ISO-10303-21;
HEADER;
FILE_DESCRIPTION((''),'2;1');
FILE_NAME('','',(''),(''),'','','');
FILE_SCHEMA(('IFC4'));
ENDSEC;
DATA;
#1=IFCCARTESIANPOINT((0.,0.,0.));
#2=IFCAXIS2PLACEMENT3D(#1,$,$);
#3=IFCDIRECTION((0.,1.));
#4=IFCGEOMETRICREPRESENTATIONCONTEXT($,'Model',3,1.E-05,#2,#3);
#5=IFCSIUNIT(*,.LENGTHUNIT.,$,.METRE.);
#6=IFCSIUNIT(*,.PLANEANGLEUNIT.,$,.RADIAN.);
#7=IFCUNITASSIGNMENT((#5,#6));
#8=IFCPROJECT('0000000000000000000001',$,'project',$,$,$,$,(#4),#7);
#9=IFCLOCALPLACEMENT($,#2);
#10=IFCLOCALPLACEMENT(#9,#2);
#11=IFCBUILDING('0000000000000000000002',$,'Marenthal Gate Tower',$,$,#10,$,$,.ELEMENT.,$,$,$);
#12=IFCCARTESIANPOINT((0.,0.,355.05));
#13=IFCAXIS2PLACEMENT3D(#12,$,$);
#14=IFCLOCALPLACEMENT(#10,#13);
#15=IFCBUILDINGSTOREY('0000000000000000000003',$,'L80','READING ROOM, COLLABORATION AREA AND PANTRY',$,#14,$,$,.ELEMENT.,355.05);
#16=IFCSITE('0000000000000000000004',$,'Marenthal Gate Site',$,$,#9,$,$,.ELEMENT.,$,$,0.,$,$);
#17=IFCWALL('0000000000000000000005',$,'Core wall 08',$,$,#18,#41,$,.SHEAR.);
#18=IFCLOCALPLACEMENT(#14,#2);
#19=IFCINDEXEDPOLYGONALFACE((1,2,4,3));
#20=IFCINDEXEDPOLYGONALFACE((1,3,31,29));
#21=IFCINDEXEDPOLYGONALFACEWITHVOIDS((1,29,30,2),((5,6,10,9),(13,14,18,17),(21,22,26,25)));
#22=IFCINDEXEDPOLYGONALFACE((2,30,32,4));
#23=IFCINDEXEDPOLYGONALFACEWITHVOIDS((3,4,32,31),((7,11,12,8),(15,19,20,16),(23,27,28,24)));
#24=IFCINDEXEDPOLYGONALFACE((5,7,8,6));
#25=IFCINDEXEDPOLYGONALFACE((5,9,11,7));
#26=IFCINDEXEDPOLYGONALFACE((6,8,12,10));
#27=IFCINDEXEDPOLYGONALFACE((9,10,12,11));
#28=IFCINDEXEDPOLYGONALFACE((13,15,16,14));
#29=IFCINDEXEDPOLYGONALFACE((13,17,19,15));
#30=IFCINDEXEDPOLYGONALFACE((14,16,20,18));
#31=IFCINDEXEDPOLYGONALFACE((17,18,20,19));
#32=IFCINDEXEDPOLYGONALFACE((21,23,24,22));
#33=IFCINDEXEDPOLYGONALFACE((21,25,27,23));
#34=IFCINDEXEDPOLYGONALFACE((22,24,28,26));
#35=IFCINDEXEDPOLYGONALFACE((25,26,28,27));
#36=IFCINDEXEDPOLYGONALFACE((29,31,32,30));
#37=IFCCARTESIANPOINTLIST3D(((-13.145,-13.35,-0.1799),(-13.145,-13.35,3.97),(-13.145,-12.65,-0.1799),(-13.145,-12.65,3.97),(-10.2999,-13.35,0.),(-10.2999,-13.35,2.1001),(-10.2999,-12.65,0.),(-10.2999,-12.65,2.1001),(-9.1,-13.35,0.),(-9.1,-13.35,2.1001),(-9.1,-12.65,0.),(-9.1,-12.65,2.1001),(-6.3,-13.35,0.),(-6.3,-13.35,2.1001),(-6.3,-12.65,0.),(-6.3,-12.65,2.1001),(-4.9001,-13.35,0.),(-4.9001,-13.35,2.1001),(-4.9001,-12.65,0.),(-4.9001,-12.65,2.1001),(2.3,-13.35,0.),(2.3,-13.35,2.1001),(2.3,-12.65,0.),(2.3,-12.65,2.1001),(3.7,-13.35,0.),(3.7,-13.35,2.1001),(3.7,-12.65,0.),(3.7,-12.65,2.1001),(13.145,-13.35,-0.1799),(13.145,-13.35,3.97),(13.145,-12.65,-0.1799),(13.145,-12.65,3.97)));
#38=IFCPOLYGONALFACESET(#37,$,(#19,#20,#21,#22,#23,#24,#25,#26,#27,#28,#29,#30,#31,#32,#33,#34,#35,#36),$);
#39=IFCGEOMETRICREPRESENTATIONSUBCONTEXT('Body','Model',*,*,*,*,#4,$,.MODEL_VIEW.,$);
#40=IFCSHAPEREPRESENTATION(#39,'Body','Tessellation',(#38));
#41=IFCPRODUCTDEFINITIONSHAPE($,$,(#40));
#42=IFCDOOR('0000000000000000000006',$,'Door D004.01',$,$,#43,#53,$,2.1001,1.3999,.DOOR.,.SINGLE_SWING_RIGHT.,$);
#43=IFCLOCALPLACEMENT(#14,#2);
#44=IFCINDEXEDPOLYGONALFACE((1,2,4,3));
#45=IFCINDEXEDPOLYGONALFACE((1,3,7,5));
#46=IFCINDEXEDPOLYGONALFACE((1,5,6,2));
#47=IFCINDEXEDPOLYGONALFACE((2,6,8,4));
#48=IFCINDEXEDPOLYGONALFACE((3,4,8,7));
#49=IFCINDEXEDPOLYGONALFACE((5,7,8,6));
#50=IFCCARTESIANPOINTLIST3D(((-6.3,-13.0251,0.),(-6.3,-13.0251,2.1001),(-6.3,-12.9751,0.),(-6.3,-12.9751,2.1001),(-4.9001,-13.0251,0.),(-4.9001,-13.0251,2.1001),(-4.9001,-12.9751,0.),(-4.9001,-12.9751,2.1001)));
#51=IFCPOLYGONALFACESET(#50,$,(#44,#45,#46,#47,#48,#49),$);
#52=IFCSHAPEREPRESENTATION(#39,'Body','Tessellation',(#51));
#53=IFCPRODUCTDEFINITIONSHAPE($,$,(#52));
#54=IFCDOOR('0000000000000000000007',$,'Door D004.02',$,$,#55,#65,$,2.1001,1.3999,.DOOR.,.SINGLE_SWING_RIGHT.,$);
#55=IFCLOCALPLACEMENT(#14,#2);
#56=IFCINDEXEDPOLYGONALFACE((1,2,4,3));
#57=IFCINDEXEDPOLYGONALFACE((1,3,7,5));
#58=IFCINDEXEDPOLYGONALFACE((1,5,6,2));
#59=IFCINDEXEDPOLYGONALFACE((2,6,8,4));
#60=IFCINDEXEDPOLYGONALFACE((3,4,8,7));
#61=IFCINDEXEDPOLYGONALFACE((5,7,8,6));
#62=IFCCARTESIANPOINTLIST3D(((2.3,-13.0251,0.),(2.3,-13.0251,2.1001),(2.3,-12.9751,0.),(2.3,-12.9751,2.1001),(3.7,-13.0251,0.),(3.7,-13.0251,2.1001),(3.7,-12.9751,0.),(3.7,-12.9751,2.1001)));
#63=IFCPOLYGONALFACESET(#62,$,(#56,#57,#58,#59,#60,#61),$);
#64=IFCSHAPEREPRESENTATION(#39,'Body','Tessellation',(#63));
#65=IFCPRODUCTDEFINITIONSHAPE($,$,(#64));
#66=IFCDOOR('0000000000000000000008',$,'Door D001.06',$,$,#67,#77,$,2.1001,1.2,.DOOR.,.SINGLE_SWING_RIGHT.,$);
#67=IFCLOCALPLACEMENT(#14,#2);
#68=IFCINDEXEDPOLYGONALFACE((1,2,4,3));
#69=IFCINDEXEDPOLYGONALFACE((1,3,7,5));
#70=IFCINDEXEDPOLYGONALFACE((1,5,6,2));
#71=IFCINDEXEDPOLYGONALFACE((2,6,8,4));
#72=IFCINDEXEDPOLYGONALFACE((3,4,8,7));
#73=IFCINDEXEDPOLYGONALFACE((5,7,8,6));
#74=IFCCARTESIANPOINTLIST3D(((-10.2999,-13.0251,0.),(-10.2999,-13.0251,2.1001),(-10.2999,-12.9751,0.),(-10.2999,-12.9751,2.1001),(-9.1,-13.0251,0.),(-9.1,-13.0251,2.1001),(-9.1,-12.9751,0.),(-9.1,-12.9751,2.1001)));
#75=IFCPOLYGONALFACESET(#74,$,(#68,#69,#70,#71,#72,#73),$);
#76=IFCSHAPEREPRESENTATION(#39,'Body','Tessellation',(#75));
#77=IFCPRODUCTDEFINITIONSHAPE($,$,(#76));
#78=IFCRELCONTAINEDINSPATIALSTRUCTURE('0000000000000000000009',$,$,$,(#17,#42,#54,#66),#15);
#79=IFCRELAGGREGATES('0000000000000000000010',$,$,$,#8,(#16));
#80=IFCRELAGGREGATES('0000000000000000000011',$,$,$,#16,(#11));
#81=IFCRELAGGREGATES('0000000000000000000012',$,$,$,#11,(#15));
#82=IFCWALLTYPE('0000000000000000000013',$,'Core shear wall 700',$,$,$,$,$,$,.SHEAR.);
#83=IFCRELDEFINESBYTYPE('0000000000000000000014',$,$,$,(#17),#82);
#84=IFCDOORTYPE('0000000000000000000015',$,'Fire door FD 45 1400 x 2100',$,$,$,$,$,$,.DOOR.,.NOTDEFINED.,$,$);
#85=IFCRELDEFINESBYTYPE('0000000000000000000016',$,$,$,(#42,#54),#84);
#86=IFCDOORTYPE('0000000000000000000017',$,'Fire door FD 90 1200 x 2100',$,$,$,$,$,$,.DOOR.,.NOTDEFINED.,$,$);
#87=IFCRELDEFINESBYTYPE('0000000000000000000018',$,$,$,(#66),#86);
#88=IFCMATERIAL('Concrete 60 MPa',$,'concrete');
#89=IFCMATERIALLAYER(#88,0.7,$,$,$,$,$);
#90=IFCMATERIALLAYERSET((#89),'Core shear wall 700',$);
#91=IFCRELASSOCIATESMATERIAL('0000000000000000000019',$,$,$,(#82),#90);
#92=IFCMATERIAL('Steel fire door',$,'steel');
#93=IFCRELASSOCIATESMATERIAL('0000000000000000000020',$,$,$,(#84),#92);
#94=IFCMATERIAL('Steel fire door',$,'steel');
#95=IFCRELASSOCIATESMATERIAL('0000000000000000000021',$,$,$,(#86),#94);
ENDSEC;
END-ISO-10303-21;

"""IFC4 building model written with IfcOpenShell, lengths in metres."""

from ifc_helpers import new_model, si_unit, direction, frame, frame_2d, origin, place, context, subcontext, project, spatial, rectangle, extrude, material, layer, layer_set, type_object, element, fill, save


model = new_model("IFC4")

# Units and contexts
model_context = context("Model", 3, precision=1e-05, world=origin(), true_north=direction((0.0, 1.0)))
body_context = subcontext(model_context, "Body", "Model", "MODEL_VIEW")
ifc_project = project(units=[si_unit("LENGTHUNIT", "METRE"), si_unit("PLANEANGLEUNIT", "RADIAN")], contexts=[model_context])

# Site, building, storey
site_placement = place(None, origin())
site = spatial("IfcSite", under=ifc_project, at=site_placement, Name="Marenthal Gate Site", CompositionType="ELEMENT", RefElevation=0.0)
building_placement = place(site_placement, origin())
building = spatial("IfcBuilding", under=site, at=building_placement, Name="Marenthal Gate Tower", CompositionType="ELEMENT")
storey_placement = place(building_placement, frame((0.0, 0.0, 355.05)))
storey = spatial("IfcBuildingStorey", under=building, at=storey_placement, Name="L80", Description="READING ROOM, COLLABORATION AREA AND PANTRY", CompositionType="ELEMENT", Elevation=355.05)

# Wall, openings, doors
ifc_material_1 = material(Name="Concrete 60 MPa", Category="concrete")
ifc_layer_1 = layer(ifc_material_1, 0.7)
ifc_layer_set_1 = layer_set([ifc_layer_1], Name="Core shear wall 700")
wall_type_1 = type_object("IfcWallType", Name="Core shear wall 700", PredefinedType="SHEAR", material=ifc_layer_set_1)
wall_1_placement = place(storey_placement, frame((-13.145, -13.0, -0.1799), z_axis=(0.0, 0.0, 1.0), x_axis=(1.0, 0.0, 0.0)))
wall_1 = element("IfcWall", 1, at=wall_1_placement, inside=storey, type_object=wall_type_1, Name="Core wall 08", PredefinedType="SHEAR", context=body_context, shape_type="SweptSolid", body=[
    extrude(rectangle(XDim=26.29, YDim=0.7, at=frame_2d((13.145, 0.0))), origin(), (0.0, 0.0, 1.0), 4.1499),
])
opening_1_placement = place(wall_1_placement, frame((2.845, 0.0, 0.1799)))
opening_1 = element("IfcOpeningElement", 2, at=opening_1_placement, cuts=wall_1, PredefinedType="OPENING", context=body_context, shape_type="SweptSolid", body=[
    extrude(rectangle(XDim=1.2, YDim=2.1001, at=frame_2d((0.6001, 1.05))), frame((0.0, 0.3599, 0.0), z_axis=(0.0, -1.0, 0.0), x_axis=(1.0, 0.0, 0.0)), (0.0, 0.0, 1.0), 0.72),
])
opening_2_placement = place(wall_1_placement, frame((6.845, 0.0, 0.1799)))
opening_2 = element("IfcOpeningElement", 3, at=opening_2_placement, cuts=wall_1, PredefinedType="OPENING", context=body_context, shape_type="SweptSolid", body=[
    extrude(rectangle(XDim=1.3999, YDim=2.1001, at=frame_2d((0.7, 1.05))), frame((0.0, 0.3599, 0.0), z_axis=(0.0, -1.0, 0.0), x_axis=(1.0, 0.0, 0.0)), (0.0, 0.0, 1.0), 0.72),
])
opening_3_placement = place(wall_1_placement, frame((15.4451, 0.0, 0.1799)))
opening_3 = element("IfcOpeningElement", 4, at=opening_3_placement, cuts=wall_1, PredefinedType="OPENING", context=body_context, shape_type="SweptSolid", body=[
    extrude(rectangle(XDim=1.3999, YDim=2.1001, at=frame_2d((0.7, 1.05))), frame((0.0, 0.3599, 0.0), z_axis=(0.0, -1.0, 0.0), x_axis=(1.0, 0.0, 0.0)), (0.0, 0.0, 1.0), 0.72),
])
ifc_material_2 = material(Name="Steel fire door", Category="steel")
door_type_1 = type_object("IfcDoorType", Name="Fire door FD 45 1400 x 2100", OperationType="NOTDEFINED", PredefinedType="DOOR", material=ifc_material_2)
door_1_placement = place(opening_2_placement, origin())
door_1 = element("IfcDoor", 5, at=door_1_placement, inside=storey, type_object=door_type_1, Name="Door D004.01", OperationType="SINGLE_SWING_RIGHT", OverallHeight=2.1001, OverallWidth=1.3999, PredefinedType="DOOR", context=body_context, shape_type="SweptSolid", body=[
    extrude(rectangle(XDim=1.3999, YDim=2.1001, at=frame_2d((0.7, 1.05))), frame((0.0, 0.0249, 0.0), z_axis=(0.0, -1.0, 0.0), x_axis=(1.0, 0.0, 0.0)), (0.0, 0.0, 1.0), 0.05),
])
fill(opening_2, door_1)
door_2_placement = place(opening_3_placement, origin())
door_2 = element("IfcDoor", 6, at=door_2_placement, inside=storey, type_object=door_type_1, Name="Door D004.02", OperationType="SINGLE_SWING_RIGHT", OverallHeight=2.1001, OverallWidth=1.3999, PredefinedType="DOOR", context=body_context, shape_type="SweptSolid", body=[
    extrude(rectangle(XDim=1.3999, YDim=2.1001, at=frame_2d((0.7, 1.05))), frame((0.0, 0.0249, 0.0), z_axis=(0.0, -1.0, 0.0), x_axis=(1.0, 0.0, 0.0)), (0.0, 0.0, 1.0), 0.05),
])
fill(opening_3, door_2)
ifc_material_3 = material(Name="Steel fire door", Category="steel")
door_type_2 = type_object("IfcDoorType", Name="Fire door FD 90 1200 x 2100", OperationType="NOTDEFINED", PredefinedType="DOOR", material=ifc_material_3)
door_3_placement = place(opening_1_placement, origin())
door_3 = element("IfcDoor", 7, at=door_3_placement, inside=storey, type_object=door_type_2, Name="Door D001.06", OperationType="SINGLE_SWING_RIGHT", OverallHeight=2.1001, OverallWidth=1.2, PredefinedType="DOOR", context=body_context, shape_type="SweptSolid", body=[
    extrude(rectangle(XDim=1.2, YDim=2.1001, at=frame_2d((0.6001, 1.05))), frame((0.0, 0.0249, 0.0), z_axis=(0.0, -1.0, 0.0), x_axis=(1.0, 0.0, 0.0)), (0.0, 0.0, 1.0), 0.05),
])
fill(opening_1, door_3)

save(model, "model.ifc")
